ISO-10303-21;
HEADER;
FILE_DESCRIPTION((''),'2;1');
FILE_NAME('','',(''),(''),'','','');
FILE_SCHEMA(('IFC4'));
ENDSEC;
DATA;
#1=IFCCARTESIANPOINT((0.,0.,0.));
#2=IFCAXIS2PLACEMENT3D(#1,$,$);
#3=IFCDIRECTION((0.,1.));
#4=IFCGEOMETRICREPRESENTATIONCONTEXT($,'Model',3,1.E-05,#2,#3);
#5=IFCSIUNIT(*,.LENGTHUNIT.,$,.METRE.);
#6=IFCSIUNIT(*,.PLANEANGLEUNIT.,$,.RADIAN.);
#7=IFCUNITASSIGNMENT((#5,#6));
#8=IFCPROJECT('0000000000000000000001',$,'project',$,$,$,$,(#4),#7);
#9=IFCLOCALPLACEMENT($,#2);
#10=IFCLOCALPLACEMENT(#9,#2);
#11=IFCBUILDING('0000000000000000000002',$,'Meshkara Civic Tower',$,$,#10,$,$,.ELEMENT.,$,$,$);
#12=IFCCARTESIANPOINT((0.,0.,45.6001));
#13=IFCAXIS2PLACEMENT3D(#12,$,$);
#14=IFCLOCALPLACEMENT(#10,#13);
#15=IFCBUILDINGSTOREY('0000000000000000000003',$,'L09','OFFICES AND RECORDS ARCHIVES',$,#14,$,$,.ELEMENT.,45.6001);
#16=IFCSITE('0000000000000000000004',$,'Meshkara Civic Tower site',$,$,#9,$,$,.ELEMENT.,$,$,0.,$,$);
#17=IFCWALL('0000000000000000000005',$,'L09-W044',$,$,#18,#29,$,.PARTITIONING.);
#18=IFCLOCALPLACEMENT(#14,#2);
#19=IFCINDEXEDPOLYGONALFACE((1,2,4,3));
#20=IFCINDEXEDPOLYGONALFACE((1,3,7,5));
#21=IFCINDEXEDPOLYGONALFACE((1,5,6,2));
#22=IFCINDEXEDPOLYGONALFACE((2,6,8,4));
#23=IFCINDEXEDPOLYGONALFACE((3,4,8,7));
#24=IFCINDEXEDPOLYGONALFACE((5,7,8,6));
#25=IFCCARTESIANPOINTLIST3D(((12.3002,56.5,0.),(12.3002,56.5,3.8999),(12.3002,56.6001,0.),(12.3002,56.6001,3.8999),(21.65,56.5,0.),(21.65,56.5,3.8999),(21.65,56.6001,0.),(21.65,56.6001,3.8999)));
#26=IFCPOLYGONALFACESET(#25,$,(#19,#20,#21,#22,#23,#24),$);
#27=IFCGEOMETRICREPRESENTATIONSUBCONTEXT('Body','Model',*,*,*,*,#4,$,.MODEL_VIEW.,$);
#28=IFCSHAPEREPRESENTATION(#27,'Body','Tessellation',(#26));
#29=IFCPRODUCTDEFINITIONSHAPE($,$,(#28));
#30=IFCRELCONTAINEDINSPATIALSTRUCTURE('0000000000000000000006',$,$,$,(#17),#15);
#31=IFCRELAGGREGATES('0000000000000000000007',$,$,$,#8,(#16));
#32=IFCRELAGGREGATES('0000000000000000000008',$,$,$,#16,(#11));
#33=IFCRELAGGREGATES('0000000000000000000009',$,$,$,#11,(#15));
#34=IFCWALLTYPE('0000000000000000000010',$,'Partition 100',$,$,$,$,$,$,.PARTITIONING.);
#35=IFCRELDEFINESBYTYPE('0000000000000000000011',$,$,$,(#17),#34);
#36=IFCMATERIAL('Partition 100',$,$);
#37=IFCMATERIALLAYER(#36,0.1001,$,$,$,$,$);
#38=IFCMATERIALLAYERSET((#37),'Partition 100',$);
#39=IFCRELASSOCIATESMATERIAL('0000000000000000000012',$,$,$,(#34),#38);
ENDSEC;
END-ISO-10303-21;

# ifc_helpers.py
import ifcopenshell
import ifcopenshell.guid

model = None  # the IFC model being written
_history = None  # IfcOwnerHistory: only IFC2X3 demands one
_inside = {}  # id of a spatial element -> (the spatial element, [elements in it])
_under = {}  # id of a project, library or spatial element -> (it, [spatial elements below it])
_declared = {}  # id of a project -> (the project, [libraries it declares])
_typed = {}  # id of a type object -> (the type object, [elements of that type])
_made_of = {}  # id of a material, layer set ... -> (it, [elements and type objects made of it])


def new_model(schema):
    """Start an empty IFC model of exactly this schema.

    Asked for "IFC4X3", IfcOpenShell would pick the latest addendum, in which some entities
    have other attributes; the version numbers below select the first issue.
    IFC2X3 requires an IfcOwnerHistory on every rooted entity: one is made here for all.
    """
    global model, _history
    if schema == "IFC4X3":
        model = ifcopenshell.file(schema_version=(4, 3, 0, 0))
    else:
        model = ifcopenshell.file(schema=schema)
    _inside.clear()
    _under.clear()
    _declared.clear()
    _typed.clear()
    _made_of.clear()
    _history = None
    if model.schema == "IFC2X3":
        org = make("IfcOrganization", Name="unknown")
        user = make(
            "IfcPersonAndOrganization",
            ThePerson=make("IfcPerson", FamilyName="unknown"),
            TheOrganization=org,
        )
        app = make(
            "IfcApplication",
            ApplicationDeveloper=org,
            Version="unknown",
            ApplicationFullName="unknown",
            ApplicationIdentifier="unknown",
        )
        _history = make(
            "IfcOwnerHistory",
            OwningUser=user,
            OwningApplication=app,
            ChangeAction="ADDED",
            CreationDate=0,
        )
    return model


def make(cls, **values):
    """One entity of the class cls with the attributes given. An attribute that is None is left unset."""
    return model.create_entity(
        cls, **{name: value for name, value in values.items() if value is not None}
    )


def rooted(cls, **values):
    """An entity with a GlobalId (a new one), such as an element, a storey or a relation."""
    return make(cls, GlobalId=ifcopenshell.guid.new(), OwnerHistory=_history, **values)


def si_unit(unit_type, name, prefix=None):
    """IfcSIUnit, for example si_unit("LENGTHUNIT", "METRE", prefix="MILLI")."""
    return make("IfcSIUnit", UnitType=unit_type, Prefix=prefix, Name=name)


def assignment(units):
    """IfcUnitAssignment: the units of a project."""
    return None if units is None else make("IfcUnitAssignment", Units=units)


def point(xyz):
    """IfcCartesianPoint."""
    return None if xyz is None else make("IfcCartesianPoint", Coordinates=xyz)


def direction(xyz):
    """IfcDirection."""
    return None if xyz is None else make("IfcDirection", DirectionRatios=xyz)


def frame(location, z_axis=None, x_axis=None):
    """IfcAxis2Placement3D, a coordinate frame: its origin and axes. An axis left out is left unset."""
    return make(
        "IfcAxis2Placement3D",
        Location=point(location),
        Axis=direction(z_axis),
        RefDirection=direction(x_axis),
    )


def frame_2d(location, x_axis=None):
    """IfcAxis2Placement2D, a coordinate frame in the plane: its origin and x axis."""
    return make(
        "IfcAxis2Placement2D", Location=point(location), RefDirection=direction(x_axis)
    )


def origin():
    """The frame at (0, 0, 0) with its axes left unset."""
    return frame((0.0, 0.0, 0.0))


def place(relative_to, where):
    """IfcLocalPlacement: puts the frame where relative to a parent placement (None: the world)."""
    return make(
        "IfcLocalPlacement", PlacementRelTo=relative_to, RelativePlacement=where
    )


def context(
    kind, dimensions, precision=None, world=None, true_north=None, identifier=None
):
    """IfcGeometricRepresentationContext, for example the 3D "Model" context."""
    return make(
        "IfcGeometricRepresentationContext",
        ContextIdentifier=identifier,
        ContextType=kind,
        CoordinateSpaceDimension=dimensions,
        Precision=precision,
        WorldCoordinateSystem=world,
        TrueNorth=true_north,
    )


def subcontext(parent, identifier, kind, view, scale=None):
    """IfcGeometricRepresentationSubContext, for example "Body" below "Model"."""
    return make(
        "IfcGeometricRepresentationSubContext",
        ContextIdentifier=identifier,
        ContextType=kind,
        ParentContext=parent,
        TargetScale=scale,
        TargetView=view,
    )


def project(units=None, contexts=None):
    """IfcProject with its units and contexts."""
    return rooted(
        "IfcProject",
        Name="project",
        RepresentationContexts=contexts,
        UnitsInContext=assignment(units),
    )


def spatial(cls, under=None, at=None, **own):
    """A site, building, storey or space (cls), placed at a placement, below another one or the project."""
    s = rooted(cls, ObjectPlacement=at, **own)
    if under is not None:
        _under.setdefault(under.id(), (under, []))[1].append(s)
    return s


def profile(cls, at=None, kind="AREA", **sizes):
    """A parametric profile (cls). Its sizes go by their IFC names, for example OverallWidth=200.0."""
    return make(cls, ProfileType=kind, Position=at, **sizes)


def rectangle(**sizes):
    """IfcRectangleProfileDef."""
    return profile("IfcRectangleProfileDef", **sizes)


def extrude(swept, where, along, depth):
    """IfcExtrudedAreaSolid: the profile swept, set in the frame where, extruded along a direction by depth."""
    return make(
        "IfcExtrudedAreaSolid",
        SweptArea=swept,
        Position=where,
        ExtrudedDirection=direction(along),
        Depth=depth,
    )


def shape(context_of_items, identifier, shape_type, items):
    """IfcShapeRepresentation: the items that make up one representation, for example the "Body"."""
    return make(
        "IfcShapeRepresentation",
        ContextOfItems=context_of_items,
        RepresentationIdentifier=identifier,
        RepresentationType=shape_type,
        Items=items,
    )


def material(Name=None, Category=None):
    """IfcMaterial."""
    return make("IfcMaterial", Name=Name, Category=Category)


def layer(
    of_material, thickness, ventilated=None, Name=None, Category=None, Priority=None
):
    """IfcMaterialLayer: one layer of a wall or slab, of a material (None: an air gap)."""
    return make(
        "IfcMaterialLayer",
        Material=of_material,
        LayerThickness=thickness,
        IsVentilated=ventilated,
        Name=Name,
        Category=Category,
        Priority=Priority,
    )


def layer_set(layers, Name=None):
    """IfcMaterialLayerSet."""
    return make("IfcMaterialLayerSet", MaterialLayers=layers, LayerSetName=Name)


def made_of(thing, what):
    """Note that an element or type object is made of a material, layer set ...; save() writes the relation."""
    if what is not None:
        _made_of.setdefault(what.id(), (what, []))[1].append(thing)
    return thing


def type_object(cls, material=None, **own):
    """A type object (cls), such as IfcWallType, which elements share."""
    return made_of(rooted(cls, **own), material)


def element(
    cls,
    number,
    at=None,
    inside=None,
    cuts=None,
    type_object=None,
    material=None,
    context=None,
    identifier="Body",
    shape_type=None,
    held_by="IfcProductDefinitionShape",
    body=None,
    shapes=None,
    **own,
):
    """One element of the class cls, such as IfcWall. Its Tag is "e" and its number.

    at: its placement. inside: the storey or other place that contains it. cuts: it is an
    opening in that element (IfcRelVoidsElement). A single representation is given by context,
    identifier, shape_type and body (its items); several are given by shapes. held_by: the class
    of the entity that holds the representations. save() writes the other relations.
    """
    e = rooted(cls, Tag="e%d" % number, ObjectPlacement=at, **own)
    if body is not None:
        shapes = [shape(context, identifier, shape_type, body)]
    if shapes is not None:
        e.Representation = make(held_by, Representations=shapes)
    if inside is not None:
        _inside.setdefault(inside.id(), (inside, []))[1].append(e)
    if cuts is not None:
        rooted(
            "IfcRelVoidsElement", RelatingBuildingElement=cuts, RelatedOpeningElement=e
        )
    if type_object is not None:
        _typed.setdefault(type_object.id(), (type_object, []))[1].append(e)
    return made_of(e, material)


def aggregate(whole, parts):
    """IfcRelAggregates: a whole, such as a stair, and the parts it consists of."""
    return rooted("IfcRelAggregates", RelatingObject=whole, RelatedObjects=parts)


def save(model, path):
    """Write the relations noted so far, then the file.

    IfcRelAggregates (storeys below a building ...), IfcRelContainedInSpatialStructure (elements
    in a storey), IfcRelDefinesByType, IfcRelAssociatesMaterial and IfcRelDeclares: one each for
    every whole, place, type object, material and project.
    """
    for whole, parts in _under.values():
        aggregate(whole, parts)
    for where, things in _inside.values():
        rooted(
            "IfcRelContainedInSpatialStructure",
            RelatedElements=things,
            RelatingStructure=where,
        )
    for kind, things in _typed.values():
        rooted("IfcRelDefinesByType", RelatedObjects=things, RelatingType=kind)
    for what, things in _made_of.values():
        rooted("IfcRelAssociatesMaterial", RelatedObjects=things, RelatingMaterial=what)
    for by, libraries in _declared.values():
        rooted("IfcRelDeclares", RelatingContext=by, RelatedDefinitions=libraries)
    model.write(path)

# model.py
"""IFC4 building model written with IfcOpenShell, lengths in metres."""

from ifc_helpers import new_model, si_unit, direction, frame, frame_2d, origin, place, context, subcontext, project, spatial, rectangle, extrude, material, layer, layer_set, type_object, element, save


model = new_model("IFC4")

# Units and contexts
model_context = context("Model", 3, precision=1e-05, world=origin(), true_north=direction((0.0, 1.0)))
body_context = subcontext(model_context, "Body", "Model", "MODEL_VIEW")
ifc_project = project(units=[si_unit("LENGTHUNIT", "METRE"), si_unit("PLANEANGLEUNIT", "RADIAN")], contexts=[model_context])

# Site, building, storey
site_placement = place(None, origin())
site = spatial("IfcSite", under=ifc_project, at=site_placement, Name="Meshkara Civic Tower site", CompositionType="ELEMENT", RefElevation=0.0)
building_placement = place(site_placement, origin())
building = spatial("IfcBuilding", under=site, at=building_placement, Name="Meshkara Civic Tower", CompositionType="ELEMENT")
storey_placement = place(building_placement, frame((0.0, 0.0, 45.6001)))
storey = spatial("IfcBuildingStorey", under=building, at=storey_placement, Name="L09", Description="OFFICES AND RECORDS ARCHIVES", CompositionType="ELEMENT", Elevation=45.6001)

# Wall
ifc_material_1 = material(Name="Partition 100")
ifc_layer_1 = layer(ifc_material_1, 0.1001)
ifc_layer_set_1 = layer_set([ifc_layer_1], Name="Partition 100")
wall_type_1 = type_object("IfcWallType", Name="Partition 100", PredefinedType="PARTITIONING", material=ifc_layer_set_1)
wall_1_placement = place(storey_placement, frame((21.6499, 56.55, 0.0), z_axis=(0.0, 0.0, 1.0), x_axis=(-1.0, 0.0, 0.0)))
element("IfcWall", 1, at=wall_1_placement, inside=storey, type_object=wall_type_1, Name="L09-W044", PredefinedType="PARTITIONING", context=body_context, shape_type="SweptSolid", body=[
    extrude(rectangle(XDim=9.3499, YDim=0.1001, at=frame_2d((4.6748, 0.0))), origin(), (0.0, 0.0, 1.0), 3.8999),
])

save(model, "model.ifc")
